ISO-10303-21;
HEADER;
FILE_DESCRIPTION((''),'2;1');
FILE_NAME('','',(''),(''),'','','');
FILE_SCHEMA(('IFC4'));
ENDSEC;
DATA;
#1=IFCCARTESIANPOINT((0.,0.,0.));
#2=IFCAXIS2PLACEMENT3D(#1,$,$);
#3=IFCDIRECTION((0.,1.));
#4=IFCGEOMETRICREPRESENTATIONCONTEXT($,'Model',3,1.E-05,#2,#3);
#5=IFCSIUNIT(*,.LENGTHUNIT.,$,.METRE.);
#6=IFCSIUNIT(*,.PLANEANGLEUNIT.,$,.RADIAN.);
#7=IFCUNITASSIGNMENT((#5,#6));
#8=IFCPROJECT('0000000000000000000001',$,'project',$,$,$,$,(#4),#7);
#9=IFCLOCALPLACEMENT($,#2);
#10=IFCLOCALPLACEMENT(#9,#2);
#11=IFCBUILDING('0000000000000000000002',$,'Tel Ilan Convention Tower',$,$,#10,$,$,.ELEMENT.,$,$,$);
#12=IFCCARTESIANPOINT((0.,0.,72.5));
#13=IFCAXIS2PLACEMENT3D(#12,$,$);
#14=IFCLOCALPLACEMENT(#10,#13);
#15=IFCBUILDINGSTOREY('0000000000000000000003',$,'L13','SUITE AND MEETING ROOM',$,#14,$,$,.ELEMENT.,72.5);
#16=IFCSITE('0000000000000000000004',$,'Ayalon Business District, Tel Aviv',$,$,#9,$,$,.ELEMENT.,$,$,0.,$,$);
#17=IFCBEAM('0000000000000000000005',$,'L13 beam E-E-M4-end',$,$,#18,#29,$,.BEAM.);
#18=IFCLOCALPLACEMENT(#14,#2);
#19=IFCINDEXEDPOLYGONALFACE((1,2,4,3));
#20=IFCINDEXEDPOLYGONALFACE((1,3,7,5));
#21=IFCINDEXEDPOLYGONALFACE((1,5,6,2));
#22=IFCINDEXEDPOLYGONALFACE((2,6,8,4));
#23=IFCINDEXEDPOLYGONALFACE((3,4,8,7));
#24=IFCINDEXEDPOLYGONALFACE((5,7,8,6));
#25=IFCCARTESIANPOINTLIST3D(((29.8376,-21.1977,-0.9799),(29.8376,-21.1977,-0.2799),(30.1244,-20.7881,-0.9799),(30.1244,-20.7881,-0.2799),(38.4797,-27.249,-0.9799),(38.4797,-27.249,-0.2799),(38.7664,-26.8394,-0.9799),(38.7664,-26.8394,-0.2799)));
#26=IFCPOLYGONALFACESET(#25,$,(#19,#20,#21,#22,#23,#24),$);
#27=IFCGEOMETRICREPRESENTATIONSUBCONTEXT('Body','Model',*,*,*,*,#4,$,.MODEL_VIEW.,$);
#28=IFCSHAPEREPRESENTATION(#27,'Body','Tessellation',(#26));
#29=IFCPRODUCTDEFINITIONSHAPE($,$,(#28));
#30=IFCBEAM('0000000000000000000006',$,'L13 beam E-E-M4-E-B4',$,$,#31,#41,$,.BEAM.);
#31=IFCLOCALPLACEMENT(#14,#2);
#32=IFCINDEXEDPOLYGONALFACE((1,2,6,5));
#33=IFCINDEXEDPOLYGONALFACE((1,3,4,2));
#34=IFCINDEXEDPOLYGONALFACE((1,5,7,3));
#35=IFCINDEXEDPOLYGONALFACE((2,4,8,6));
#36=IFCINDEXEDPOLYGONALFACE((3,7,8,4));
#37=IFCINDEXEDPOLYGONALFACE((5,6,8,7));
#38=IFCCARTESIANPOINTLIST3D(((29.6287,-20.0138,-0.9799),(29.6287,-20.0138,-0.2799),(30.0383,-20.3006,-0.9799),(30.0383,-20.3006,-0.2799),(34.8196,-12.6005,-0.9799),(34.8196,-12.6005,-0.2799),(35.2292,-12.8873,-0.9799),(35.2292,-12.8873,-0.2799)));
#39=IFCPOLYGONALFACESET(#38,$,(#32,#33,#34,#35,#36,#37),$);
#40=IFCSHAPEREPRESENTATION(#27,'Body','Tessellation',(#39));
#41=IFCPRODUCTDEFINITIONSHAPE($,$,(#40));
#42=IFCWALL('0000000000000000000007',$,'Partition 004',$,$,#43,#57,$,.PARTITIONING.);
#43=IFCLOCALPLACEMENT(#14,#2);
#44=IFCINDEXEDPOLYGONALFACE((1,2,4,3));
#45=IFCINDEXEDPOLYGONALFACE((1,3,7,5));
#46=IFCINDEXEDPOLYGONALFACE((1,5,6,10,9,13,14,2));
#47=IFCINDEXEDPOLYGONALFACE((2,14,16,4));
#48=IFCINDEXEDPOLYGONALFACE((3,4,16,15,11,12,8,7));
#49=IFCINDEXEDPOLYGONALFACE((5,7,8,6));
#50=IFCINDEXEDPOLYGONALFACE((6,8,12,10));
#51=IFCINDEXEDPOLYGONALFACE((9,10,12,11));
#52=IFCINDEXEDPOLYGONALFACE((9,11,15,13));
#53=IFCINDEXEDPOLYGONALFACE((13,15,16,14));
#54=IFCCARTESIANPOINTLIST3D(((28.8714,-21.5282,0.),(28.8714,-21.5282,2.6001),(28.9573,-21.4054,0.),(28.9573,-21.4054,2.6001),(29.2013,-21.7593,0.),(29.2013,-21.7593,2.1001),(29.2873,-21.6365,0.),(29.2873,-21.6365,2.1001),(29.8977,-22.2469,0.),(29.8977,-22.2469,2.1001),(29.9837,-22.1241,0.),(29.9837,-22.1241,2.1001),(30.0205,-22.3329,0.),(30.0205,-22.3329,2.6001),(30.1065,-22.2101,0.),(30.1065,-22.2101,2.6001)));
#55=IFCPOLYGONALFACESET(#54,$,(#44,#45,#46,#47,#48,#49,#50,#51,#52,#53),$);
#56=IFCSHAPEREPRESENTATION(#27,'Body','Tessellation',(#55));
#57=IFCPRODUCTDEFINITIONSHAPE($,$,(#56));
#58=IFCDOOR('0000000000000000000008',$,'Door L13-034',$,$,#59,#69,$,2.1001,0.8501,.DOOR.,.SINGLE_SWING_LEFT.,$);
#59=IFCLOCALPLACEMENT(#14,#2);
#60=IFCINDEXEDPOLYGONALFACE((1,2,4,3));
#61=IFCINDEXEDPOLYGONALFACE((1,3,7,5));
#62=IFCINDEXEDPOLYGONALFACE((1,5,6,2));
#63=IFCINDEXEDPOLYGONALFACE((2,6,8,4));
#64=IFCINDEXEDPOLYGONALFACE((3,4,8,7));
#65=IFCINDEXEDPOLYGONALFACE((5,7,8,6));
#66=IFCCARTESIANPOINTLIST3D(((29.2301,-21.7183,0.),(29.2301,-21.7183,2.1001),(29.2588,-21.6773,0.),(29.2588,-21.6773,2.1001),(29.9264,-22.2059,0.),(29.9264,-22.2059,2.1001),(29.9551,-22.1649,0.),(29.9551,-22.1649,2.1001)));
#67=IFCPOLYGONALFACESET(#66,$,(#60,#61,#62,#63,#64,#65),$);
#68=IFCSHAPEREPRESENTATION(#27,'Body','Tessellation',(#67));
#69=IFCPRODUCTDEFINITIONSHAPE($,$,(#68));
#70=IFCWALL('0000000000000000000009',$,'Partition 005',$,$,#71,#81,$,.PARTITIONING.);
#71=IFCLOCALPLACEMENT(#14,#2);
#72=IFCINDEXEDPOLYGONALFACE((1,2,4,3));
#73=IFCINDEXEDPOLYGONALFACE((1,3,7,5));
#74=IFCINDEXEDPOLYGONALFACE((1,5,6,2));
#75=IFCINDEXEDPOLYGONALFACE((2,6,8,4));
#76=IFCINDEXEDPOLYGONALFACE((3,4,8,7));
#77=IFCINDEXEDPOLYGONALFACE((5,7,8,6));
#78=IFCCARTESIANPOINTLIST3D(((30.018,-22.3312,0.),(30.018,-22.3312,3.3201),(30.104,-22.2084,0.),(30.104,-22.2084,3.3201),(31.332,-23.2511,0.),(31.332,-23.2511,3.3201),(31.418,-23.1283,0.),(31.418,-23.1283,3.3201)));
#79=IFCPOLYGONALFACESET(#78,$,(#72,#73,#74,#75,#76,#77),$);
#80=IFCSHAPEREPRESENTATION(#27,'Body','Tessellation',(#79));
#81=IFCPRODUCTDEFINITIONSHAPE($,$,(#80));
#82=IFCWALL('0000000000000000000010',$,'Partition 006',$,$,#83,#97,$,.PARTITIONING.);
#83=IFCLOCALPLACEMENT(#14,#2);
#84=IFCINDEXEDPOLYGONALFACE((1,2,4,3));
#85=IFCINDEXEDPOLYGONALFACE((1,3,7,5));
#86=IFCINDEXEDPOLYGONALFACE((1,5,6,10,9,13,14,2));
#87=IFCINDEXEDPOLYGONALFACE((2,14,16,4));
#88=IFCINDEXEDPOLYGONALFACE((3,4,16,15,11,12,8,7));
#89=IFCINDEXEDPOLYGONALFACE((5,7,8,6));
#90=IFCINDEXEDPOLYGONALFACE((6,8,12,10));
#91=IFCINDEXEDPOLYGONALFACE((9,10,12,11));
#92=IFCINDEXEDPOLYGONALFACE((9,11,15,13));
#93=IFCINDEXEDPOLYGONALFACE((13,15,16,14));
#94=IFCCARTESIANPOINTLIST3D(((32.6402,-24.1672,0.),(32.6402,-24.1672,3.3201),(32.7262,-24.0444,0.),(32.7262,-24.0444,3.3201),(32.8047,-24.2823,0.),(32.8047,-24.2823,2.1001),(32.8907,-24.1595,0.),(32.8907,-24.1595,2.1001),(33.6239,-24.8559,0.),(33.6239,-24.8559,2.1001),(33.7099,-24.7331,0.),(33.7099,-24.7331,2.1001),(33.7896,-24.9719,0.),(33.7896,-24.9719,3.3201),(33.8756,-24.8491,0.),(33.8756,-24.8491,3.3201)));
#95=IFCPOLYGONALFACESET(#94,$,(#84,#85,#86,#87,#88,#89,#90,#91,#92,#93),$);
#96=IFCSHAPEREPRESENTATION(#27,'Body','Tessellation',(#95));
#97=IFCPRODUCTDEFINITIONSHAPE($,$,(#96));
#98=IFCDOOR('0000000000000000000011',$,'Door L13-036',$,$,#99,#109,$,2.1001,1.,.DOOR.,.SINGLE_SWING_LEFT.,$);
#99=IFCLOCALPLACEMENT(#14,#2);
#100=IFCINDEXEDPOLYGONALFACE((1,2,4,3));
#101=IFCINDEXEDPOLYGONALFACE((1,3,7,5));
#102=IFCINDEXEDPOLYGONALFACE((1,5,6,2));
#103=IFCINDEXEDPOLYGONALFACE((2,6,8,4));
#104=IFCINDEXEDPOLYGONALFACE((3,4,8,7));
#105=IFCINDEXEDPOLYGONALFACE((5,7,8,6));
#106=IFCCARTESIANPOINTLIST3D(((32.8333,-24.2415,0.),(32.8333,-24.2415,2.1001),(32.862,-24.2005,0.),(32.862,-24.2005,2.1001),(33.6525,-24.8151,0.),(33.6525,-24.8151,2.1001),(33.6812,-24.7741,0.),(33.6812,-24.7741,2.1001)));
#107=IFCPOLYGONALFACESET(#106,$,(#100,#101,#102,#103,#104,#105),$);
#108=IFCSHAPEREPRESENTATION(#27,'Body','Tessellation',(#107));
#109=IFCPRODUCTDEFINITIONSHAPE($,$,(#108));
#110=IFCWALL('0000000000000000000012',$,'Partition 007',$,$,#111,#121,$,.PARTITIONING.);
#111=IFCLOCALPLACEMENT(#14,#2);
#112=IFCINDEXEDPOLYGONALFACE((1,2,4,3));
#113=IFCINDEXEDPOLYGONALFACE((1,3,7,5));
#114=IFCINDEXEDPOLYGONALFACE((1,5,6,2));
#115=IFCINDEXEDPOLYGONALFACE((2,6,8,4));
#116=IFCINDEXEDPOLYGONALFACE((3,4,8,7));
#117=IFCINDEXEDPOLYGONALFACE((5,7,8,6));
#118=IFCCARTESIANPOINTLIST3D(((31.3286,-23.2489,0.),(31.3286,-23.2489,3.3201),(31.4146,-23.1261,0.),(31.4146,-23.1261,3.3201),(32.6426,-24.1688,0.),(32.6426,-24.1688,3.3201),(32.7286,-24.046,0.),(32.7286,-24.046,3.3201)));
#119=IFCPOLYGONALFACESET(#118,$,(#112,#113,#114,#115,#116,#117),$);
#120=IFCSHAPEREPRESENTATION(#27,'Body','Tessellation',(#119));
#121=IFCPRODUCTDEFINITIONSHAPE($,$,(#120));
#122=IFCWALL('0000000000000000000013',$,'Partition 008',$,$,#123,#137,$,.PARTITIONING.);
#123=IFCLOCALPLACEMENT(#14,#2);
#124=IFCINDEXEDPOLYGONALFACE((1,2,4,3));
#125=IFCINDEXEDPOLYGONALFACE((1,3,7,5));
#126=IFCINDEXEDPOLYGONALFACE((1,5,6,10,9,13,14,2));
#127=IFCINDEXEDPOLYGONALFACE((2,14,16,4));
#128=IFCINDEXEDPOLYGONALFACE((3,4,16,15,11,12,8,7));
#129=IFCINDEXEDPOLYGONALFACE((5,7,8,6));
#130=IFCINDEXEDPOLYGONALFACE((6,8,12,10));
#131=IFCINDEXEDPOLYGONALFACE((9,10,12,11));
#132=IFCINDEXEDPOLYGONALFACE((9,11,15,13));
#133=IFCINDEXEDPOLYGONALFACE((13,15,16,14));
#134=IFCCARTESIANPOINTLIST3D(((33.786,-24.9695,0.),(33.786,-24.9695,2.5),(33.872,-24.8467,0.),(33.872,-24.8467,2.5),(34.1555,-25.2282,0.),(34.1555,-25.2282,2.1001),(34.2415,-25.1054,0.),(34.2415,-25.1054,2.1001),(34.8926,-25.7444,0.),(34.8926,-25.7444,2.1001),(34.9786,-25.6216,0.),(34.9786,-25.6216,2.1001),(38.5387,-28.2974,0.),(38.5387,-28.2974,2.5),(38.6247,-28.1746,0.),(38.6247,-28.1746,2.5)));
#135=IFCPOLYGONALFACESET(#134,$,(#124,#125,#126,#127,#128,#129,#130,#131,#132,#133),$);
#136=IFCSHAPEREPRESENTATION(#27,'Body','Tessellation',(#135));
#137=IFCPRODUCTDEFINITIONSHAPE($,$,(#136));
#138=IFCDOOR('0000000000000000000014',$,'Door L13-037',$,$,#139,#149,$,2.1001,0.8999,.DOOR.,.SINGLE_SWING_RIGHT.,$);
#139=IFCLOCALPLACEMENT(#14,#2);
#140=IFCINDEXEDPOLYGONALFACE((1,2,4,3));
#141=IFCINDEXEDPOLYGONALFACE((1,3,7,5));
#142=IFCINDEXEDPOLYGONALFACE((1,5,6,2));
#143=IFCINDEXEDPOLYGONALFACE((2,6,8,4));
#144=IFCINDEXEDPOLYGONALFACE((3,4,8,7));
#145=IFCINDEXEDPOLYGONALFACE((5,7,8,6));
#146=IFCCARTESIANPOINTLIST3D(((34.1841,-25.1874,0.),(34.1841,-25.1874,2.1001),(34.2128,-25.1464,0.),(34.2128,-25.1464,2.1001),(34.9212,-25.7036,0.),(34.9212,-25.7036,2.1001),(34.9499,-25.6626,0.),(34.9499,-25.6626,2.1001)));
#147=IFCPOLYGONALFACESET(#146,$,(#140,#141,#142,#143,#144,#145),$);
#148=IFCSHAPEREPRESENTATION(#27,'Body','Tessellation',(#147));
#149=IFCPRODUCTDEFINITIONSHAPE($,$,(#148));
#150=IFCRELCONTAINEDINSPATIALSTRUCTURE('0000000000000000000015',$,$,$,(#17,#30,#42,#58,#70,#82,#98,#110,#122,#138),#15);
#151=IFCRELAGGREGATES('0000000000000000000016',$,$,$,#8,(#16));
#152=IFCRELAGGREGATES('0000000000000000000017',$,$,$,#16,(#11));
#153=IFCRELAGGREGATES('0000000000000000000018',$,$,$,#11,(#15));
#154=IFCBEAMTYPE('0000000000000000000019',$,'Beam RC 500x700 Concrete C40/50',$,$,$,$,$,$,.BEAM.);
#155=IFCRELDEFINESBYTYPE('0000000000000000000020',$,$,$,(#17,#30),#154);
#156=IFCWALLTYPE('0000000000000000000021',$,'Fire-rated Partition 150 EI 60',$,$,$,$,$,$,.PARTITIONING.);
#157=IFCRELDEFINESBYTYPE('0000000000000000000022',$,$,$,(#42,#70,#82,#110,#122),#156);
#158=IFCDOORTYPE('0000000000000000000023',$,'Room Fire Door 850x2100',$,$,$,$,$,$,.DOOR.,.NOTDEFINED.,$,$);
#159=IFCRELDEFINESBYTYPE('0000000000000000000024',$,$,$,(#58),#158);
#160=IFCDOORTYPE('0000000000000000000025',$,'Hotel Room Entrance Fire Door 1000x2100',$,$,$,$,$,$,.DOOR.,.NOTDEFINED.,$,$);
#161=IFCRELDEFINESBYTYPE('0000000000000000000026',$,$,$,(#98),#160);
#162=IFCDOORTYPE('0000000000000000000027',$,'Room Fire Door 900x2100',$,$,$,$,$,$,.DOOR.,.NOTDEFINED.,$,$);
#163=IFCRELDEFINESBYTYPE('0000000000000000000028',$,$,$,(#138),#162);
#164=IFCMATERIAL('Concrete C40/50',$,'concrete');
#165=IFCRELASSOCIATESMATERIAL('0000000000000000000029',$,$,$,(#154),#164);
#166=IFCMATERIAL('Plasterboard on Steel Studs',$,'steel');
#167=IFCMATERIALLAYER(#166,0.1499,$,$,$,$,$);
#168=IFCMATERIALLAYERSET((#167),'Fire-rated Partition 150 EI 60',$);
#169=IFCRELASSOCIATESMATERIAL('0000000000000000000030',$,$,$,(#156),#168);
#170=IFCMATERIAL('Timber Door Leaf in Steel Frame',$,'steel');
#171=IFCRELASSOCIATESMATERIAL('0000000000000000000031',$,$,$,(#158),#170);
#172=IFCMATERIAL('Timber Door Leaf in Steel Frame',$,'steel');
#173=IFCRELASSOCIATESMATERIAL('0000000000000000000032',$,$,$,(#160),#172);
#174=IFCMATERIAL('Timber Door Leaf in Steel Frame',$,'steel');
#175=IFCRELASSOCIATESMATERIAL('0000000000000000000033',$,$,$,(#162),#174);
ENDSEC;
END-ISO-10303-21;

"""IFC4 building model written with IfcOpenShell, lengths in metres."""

from ifc_helpers import new_model, si_unit, direction, frame, frame_2d, origin, origin_2d, place, context, subcontext, project, spatial, rectangle, extrude, material, layer, layer_set, material_profile, profile_set, type_object, element, fill, save


model = new_model("IFC4")

# Units and contexts
model_context = context("Model", 3, precision=1e-05, world=origin(), true_north=direction((0.0, 1.0)))
body_context = subcontext(model_context, "Body", "Model", "MODEL_VIEW")
ifc_project = project(units=[si_unit("LENGTHUNIT", "METRE"), si_unit("PLANEANGLEUNIT", "RADIAN")], contexts=[model_context])

# Site, building, storey
site_placement = place(None, origin())
site = spatial("IfcSite", under=ifc_project, at=site_placement, Name="Ayalon Business District, Tel Aviv", CompositionType="ELEMENT", RefElevation=0.0)
building_placement = place(site_placement, origin())
building = spatial("IfcBuilding", under=site, at=building_placement, Name="Tel Ilan Convention Tower", CompositionType="ELEMENT")
storey_placement = place(building_placement, frame((0.0, 0.0, 72.5)))
storey = spatial("IfcBuildingStorey", under=building, at=storey_placement, Name="L13", Description="SUITE AND MEETING ROOM", CompositionType="ELEMENT", Elevation=72.5)

# Beams
ifc_material_1 = material(Name="Concrete C40/50", Category="concrete")
ifc_material_profile = material_profile(ifc_material_1, rectangle(XDim=0.5, YDim=0.7, at=origin_2d()), Name="RC 500x700")
ifc_profile_set = profile_set([ifc_material_profile], Name="Concrete C40/50")
beam_type = type_object("IfcBeamType", Name="Beam RC 500x700 Concrete C40/50", PredefinedType="BEAM", material=ifc_profile_set)
beam_1_placement = place(storey_placement, frame((29.981, -20.9929, -0.6299), z_axis=(0.819151, -0.573577, 0.0), x_axis=(0.573577, 0.819151, 0.0)))
element("IfcBeam", 1, at=beam_1_placement, inside=storey, type_object=beam_type, Name="L13 beam E-E-M4-end", PredefinedType="BEAM", context=body_context, shape_type="SweptSolid", body=[
    extrude(rectangle(XDim=0.5, YDim=0.7, at=origin_2d()), origin(), (0.0, 0.0, 1.0), 10.55),
])
beam_2_placement = place(storey_placement, frame((29.8335, -20.1572, -0.6299), z_axis=(0.57358, 0.81915, 0.0), x_axis=(-0.81915, 0.57358, 0.0)))
element("IfcBeam", 2, at=beam_2_placement, inside=storey, type_object=beam_type, Name="L13 beam E-E-M4-E-B4", PredefinedType="BEAM", context=body_context, shape_type="SweptSolid", body=[
    extrude(rectangle(XDim=0.5, YDim=0.7, at=origin_2d()), origin(), (0.0, 0.0, 1.0), 9.05),
])

# Wall, opening, door
ifc_material_2 = material(Name="Plasterboard on Steel Studs", Category="steel")
ifc_layer_1 = layer(ifc_material_2, 0.1499)
ifc_layer_set_1 = layer_set([ifc_layer_1], Name="Fire-rated Partition 150 EI 60")
wall_type_1 = type_object("IfcWallType", Name="Fire-rated Partition 150 EI 60", PredefinedType="PARTITIONING", material=ifc_layer_set_1)
wall_1_placement = place(storey_placement, frame((30.0635, -22.2715, 0.0), z_axis=(0.0, 0.0, 1.0), x_axis=(-0.819142, 0.573591, 0.0)))
wall_1 = element("IfcWall", 3, at=wall_1_placement, inside=storey, type_object=wall_type_1, Name="Partition 004", PredefinedType="PARTITIONING", context=body_context, shape_type="SweptSolid", body=[
    extrude(rectangle(XDim=1.4028, YDim=0.1499, at=frame_2d((0.7014, 0.0))), origin(), (0.0, 0.0, 1.0), 2.6001),
])
opening_1_placement = place(wall_1_placement, frame((0.1499, 0.0, 0.0)))
opening_1 = element("IfcOpeningElement", 4, at=opening_1_placement, cuts=wall_1, PredefinedType="OPENING", context=body_context, shape_type="SweptSolid", body=[
    extrude(rectangle(XDim=0.8501, YDim=2.1001, at=frame_2d((0.425, 1.05))), frame((0.0, 0.085, 0.0), z_axis=(0.0, -1.0, 0.0), x_axis=(1.0, 0.0, 0.0)), (0.0, 0.0, 1.0), 0.1699),
])
ifc_material_3 = material(Name="Timber Door Leaf in Steel Frame", Category="steel")
door_type_1 = type_object("IfcDoorType", Name="Room Fire Door 850x2100", OperationType="NOTDEFINED", PredefinedType="DOOR", material=ifc_material_3)
door_1_placement = place(opening_1_placement, origin())
door_1 = element("IfcDoor", 5, at=door_1_placement, inside=storey, type_object=door_type_1, Name="Door L13-034", OperationType="SINGLE_SWING_LEFT", OverallHeight=2.1001, OverallWidth=0.8501, PredefinedType="DOOR", context=body_context, shape_type="SweptSolid", body=[
    extrude(rectangle(XDim=0.8501, YDim=2.1001, at=frame_2d((0.425, 1.05))), frame((0.0, 0.0249, 0.0), z_axis=(0.0, -1.0, 0.0), x_axis=(1.0, 0.0, 0.0)), (0.0, 0.0, 1.0), 0.05),
])
fill(opening_1, door_1)

# Wall
wall_2_placement = place(storey_placement, frame((30.061, -22.2698, 0.0), z_axis=(0.0, 0.0, 1.0), x_axis=(0.819189, -0.573524, 0.0)))
element("IfcWall", 6, at=wall_2_placement, inside=storey, type_object=wall_type_1, Name="Partition 005", PredefinedType="PARTITIONING", context=body_context, shape_type="SweptSolid", body=[
    extrude(rectangle(XDim=1.604, YDim=0.1499, at=frame_2d((0.802, 0.0))), origin(), (0.0, 0.0, 1.0), 3.3201),
])

# Wall, opening, door
wall_3_placement = place(storey_placement, frame((32.6831, -24.1057, 0.0), z_axis=(0.0, 0.0, 1.0), x_axis=(0.819199, -0.573509, 0.0)))
wall_3 = element("IfcWall", 7, at=wall_3_placement, inside=storey, type_object=wall_type_1, Name="Partition 006", PredefinedType="PARTITIONING", context=body_context, shape_type="SweptSolid", body=[
    extrude(rectangle(XDim=1.4031, YDim=0.1499, at=frame_2d((0.7017, 0.0))), origin(), (0.0, 0.0, 1.0), 3.3201),
])
opening_2_placement = place(wall_3_placement, frame((0.2009, 0.0, 0.0)))
opening_2 = element("IfcOpeningElement", 8, at=opening_2_placement, cuts=wall_3, PredefinedType="OPENING", context=body_context, shape_type="SweptSolid", body=[
    extrude(rectangle(XDim=1.0, YDim=2.1001, at=frame_2d((0.5, 1.05))), frame((0.0, 0.085, 0.0), z_axis=(0.0, -1.0, 0.0), x_axis=(1.0, 0.0, 0.0)), (0.0, 0.0, 1.0), 0.1699),
])
ifc_material_4 = material(Name="Timber Door Leaf in Steel Frame", Category="steel")
door_type_2 = type_object("IfcDoorType", Name="Hotel Room Entrance Fire Door 1000x2100", OperationType="NOTDEFINED", PredefinedType="DOOR", material=ifc_material_4)
door_2_placement = place(opening_2_placement, origin())
door_2 = element("IfcDoor", 9, at=door_2_placement, inside=storey, type_object=door_type_2, Name="Door L13-036", OperationType="SINGLE_SWING_LEFT", OverallHeight=2.1001, OverallWidth=1.0, PredefinedType="DOOR", context=body_context, shape_type="SweptSolid", body=[
    extrude(rectangle(XDim=1.0, YDim=2.1001, at=frame_2d((0.5, 1.05))), frame((0.0, 0.0249, 0.0), z_axis=(0.0, -1.0, 0.0), x_axis=(1.0, 0.0, 0.0)), (0.0, 0.0, 1.0), 0.05),
])
fill(opening_2, door_2)

# Wall
wall_4_placement = place(storey_placement, frame((31.3716, -23.1875, 0.0), z_axis=(0.0, 0.0, 1.0), x_axis=(0.819189, -0.573524, 0.0)))
element("IfcWall", 10, at=wall_4_placement, inside=storey, type_object=wall_type_1, Name="Partition 007", PredefinedType="PARTITIONING", context=body_context, shape_type="SweptSolid", body=[
    extrude(rectangle(XDim=1.604, YDim=0.1499, at=frame_2d((0.802, 0.0))), origin(), (0.0, 0.0, 1.0), 3.3201),
])

# Wall, opening, door
wall_5_placement = place(storey_placement, frame((33.8291, -24.9082, 0.0), z_axis=(0.0, 0.0, 1.0), x_axis=(0.819151, -0.573578, 0.0)))
wall_5 = element("IfcWall", 11, at=wall_5_placement, inside=storey, type_object=wall_type_1, Name="Partition 008", PredefinedType="PARTITIONING", context=body_context, shape_type="SweptSolid", body=[
    extrude(rectangle(XDim=5.802, YDim=0.1499, at=frame_2d((2.9009, 0.0))), origin(), (0.0, 0.0, 1.0), 2.5),
])
opening_3_placement = place(wall_5_placement, frame((0.4509, 0.0, 0.0)))
opening_3 = element("IfcOpeningElement", 12, at=opening_3_placement, cuts=wall_5, PredefinedType="OPENING", context=body_context, shape_type="SweptSolid", body=[
    extrude(rectangle(XDim=0.8999, YDim=2.1001, at=frame_2d((0.45, 1.05))), frame((0.0, 0.085, 0.0), z_axis=(0.0, -1.0, 0.0), x_axis=(1.0, 0.0, 0.0)), (0.0, 0.0, 1.0), 0.1699),
])
ifc_material_5 = material(Name="Timber Door Leaf in Steel Frame", Category="steel")
door_type_3 = type_object("IfcDoorType", Name="Room Fire Door 900x2100", OperationType="NOTDEFINED", PredefinedType="DOOR", material=ifc_material_5)
door_3_placement = place(opening_3_placement, origin())
door_3 = element("IfcDoor", 13, at=door_3_placement, inside=storey, type_object=door_type_3, Name="Door L13-037", OperationType="SINGLE_SWING_RIGHT", OverallHeight=2.1001, OverallWidth=0.8999, PredefinedType="DOOR", context=body_context, shape_type="SweptSolid", body=[
    extrude(rectangle(XDim=0.8999, YDim=2.1001, at=frame_2d((0.45, 1.05))), frame((0.0, 0.0249, 0.0), z_axis=(0.0, -1.0, 0.0), x_axis=(1.0, 0.0, 0.0)), (0.0, 0.0, 1.0), 0.05),
])
fill(opening_3, door_3)

save(model, "model.ifc")
